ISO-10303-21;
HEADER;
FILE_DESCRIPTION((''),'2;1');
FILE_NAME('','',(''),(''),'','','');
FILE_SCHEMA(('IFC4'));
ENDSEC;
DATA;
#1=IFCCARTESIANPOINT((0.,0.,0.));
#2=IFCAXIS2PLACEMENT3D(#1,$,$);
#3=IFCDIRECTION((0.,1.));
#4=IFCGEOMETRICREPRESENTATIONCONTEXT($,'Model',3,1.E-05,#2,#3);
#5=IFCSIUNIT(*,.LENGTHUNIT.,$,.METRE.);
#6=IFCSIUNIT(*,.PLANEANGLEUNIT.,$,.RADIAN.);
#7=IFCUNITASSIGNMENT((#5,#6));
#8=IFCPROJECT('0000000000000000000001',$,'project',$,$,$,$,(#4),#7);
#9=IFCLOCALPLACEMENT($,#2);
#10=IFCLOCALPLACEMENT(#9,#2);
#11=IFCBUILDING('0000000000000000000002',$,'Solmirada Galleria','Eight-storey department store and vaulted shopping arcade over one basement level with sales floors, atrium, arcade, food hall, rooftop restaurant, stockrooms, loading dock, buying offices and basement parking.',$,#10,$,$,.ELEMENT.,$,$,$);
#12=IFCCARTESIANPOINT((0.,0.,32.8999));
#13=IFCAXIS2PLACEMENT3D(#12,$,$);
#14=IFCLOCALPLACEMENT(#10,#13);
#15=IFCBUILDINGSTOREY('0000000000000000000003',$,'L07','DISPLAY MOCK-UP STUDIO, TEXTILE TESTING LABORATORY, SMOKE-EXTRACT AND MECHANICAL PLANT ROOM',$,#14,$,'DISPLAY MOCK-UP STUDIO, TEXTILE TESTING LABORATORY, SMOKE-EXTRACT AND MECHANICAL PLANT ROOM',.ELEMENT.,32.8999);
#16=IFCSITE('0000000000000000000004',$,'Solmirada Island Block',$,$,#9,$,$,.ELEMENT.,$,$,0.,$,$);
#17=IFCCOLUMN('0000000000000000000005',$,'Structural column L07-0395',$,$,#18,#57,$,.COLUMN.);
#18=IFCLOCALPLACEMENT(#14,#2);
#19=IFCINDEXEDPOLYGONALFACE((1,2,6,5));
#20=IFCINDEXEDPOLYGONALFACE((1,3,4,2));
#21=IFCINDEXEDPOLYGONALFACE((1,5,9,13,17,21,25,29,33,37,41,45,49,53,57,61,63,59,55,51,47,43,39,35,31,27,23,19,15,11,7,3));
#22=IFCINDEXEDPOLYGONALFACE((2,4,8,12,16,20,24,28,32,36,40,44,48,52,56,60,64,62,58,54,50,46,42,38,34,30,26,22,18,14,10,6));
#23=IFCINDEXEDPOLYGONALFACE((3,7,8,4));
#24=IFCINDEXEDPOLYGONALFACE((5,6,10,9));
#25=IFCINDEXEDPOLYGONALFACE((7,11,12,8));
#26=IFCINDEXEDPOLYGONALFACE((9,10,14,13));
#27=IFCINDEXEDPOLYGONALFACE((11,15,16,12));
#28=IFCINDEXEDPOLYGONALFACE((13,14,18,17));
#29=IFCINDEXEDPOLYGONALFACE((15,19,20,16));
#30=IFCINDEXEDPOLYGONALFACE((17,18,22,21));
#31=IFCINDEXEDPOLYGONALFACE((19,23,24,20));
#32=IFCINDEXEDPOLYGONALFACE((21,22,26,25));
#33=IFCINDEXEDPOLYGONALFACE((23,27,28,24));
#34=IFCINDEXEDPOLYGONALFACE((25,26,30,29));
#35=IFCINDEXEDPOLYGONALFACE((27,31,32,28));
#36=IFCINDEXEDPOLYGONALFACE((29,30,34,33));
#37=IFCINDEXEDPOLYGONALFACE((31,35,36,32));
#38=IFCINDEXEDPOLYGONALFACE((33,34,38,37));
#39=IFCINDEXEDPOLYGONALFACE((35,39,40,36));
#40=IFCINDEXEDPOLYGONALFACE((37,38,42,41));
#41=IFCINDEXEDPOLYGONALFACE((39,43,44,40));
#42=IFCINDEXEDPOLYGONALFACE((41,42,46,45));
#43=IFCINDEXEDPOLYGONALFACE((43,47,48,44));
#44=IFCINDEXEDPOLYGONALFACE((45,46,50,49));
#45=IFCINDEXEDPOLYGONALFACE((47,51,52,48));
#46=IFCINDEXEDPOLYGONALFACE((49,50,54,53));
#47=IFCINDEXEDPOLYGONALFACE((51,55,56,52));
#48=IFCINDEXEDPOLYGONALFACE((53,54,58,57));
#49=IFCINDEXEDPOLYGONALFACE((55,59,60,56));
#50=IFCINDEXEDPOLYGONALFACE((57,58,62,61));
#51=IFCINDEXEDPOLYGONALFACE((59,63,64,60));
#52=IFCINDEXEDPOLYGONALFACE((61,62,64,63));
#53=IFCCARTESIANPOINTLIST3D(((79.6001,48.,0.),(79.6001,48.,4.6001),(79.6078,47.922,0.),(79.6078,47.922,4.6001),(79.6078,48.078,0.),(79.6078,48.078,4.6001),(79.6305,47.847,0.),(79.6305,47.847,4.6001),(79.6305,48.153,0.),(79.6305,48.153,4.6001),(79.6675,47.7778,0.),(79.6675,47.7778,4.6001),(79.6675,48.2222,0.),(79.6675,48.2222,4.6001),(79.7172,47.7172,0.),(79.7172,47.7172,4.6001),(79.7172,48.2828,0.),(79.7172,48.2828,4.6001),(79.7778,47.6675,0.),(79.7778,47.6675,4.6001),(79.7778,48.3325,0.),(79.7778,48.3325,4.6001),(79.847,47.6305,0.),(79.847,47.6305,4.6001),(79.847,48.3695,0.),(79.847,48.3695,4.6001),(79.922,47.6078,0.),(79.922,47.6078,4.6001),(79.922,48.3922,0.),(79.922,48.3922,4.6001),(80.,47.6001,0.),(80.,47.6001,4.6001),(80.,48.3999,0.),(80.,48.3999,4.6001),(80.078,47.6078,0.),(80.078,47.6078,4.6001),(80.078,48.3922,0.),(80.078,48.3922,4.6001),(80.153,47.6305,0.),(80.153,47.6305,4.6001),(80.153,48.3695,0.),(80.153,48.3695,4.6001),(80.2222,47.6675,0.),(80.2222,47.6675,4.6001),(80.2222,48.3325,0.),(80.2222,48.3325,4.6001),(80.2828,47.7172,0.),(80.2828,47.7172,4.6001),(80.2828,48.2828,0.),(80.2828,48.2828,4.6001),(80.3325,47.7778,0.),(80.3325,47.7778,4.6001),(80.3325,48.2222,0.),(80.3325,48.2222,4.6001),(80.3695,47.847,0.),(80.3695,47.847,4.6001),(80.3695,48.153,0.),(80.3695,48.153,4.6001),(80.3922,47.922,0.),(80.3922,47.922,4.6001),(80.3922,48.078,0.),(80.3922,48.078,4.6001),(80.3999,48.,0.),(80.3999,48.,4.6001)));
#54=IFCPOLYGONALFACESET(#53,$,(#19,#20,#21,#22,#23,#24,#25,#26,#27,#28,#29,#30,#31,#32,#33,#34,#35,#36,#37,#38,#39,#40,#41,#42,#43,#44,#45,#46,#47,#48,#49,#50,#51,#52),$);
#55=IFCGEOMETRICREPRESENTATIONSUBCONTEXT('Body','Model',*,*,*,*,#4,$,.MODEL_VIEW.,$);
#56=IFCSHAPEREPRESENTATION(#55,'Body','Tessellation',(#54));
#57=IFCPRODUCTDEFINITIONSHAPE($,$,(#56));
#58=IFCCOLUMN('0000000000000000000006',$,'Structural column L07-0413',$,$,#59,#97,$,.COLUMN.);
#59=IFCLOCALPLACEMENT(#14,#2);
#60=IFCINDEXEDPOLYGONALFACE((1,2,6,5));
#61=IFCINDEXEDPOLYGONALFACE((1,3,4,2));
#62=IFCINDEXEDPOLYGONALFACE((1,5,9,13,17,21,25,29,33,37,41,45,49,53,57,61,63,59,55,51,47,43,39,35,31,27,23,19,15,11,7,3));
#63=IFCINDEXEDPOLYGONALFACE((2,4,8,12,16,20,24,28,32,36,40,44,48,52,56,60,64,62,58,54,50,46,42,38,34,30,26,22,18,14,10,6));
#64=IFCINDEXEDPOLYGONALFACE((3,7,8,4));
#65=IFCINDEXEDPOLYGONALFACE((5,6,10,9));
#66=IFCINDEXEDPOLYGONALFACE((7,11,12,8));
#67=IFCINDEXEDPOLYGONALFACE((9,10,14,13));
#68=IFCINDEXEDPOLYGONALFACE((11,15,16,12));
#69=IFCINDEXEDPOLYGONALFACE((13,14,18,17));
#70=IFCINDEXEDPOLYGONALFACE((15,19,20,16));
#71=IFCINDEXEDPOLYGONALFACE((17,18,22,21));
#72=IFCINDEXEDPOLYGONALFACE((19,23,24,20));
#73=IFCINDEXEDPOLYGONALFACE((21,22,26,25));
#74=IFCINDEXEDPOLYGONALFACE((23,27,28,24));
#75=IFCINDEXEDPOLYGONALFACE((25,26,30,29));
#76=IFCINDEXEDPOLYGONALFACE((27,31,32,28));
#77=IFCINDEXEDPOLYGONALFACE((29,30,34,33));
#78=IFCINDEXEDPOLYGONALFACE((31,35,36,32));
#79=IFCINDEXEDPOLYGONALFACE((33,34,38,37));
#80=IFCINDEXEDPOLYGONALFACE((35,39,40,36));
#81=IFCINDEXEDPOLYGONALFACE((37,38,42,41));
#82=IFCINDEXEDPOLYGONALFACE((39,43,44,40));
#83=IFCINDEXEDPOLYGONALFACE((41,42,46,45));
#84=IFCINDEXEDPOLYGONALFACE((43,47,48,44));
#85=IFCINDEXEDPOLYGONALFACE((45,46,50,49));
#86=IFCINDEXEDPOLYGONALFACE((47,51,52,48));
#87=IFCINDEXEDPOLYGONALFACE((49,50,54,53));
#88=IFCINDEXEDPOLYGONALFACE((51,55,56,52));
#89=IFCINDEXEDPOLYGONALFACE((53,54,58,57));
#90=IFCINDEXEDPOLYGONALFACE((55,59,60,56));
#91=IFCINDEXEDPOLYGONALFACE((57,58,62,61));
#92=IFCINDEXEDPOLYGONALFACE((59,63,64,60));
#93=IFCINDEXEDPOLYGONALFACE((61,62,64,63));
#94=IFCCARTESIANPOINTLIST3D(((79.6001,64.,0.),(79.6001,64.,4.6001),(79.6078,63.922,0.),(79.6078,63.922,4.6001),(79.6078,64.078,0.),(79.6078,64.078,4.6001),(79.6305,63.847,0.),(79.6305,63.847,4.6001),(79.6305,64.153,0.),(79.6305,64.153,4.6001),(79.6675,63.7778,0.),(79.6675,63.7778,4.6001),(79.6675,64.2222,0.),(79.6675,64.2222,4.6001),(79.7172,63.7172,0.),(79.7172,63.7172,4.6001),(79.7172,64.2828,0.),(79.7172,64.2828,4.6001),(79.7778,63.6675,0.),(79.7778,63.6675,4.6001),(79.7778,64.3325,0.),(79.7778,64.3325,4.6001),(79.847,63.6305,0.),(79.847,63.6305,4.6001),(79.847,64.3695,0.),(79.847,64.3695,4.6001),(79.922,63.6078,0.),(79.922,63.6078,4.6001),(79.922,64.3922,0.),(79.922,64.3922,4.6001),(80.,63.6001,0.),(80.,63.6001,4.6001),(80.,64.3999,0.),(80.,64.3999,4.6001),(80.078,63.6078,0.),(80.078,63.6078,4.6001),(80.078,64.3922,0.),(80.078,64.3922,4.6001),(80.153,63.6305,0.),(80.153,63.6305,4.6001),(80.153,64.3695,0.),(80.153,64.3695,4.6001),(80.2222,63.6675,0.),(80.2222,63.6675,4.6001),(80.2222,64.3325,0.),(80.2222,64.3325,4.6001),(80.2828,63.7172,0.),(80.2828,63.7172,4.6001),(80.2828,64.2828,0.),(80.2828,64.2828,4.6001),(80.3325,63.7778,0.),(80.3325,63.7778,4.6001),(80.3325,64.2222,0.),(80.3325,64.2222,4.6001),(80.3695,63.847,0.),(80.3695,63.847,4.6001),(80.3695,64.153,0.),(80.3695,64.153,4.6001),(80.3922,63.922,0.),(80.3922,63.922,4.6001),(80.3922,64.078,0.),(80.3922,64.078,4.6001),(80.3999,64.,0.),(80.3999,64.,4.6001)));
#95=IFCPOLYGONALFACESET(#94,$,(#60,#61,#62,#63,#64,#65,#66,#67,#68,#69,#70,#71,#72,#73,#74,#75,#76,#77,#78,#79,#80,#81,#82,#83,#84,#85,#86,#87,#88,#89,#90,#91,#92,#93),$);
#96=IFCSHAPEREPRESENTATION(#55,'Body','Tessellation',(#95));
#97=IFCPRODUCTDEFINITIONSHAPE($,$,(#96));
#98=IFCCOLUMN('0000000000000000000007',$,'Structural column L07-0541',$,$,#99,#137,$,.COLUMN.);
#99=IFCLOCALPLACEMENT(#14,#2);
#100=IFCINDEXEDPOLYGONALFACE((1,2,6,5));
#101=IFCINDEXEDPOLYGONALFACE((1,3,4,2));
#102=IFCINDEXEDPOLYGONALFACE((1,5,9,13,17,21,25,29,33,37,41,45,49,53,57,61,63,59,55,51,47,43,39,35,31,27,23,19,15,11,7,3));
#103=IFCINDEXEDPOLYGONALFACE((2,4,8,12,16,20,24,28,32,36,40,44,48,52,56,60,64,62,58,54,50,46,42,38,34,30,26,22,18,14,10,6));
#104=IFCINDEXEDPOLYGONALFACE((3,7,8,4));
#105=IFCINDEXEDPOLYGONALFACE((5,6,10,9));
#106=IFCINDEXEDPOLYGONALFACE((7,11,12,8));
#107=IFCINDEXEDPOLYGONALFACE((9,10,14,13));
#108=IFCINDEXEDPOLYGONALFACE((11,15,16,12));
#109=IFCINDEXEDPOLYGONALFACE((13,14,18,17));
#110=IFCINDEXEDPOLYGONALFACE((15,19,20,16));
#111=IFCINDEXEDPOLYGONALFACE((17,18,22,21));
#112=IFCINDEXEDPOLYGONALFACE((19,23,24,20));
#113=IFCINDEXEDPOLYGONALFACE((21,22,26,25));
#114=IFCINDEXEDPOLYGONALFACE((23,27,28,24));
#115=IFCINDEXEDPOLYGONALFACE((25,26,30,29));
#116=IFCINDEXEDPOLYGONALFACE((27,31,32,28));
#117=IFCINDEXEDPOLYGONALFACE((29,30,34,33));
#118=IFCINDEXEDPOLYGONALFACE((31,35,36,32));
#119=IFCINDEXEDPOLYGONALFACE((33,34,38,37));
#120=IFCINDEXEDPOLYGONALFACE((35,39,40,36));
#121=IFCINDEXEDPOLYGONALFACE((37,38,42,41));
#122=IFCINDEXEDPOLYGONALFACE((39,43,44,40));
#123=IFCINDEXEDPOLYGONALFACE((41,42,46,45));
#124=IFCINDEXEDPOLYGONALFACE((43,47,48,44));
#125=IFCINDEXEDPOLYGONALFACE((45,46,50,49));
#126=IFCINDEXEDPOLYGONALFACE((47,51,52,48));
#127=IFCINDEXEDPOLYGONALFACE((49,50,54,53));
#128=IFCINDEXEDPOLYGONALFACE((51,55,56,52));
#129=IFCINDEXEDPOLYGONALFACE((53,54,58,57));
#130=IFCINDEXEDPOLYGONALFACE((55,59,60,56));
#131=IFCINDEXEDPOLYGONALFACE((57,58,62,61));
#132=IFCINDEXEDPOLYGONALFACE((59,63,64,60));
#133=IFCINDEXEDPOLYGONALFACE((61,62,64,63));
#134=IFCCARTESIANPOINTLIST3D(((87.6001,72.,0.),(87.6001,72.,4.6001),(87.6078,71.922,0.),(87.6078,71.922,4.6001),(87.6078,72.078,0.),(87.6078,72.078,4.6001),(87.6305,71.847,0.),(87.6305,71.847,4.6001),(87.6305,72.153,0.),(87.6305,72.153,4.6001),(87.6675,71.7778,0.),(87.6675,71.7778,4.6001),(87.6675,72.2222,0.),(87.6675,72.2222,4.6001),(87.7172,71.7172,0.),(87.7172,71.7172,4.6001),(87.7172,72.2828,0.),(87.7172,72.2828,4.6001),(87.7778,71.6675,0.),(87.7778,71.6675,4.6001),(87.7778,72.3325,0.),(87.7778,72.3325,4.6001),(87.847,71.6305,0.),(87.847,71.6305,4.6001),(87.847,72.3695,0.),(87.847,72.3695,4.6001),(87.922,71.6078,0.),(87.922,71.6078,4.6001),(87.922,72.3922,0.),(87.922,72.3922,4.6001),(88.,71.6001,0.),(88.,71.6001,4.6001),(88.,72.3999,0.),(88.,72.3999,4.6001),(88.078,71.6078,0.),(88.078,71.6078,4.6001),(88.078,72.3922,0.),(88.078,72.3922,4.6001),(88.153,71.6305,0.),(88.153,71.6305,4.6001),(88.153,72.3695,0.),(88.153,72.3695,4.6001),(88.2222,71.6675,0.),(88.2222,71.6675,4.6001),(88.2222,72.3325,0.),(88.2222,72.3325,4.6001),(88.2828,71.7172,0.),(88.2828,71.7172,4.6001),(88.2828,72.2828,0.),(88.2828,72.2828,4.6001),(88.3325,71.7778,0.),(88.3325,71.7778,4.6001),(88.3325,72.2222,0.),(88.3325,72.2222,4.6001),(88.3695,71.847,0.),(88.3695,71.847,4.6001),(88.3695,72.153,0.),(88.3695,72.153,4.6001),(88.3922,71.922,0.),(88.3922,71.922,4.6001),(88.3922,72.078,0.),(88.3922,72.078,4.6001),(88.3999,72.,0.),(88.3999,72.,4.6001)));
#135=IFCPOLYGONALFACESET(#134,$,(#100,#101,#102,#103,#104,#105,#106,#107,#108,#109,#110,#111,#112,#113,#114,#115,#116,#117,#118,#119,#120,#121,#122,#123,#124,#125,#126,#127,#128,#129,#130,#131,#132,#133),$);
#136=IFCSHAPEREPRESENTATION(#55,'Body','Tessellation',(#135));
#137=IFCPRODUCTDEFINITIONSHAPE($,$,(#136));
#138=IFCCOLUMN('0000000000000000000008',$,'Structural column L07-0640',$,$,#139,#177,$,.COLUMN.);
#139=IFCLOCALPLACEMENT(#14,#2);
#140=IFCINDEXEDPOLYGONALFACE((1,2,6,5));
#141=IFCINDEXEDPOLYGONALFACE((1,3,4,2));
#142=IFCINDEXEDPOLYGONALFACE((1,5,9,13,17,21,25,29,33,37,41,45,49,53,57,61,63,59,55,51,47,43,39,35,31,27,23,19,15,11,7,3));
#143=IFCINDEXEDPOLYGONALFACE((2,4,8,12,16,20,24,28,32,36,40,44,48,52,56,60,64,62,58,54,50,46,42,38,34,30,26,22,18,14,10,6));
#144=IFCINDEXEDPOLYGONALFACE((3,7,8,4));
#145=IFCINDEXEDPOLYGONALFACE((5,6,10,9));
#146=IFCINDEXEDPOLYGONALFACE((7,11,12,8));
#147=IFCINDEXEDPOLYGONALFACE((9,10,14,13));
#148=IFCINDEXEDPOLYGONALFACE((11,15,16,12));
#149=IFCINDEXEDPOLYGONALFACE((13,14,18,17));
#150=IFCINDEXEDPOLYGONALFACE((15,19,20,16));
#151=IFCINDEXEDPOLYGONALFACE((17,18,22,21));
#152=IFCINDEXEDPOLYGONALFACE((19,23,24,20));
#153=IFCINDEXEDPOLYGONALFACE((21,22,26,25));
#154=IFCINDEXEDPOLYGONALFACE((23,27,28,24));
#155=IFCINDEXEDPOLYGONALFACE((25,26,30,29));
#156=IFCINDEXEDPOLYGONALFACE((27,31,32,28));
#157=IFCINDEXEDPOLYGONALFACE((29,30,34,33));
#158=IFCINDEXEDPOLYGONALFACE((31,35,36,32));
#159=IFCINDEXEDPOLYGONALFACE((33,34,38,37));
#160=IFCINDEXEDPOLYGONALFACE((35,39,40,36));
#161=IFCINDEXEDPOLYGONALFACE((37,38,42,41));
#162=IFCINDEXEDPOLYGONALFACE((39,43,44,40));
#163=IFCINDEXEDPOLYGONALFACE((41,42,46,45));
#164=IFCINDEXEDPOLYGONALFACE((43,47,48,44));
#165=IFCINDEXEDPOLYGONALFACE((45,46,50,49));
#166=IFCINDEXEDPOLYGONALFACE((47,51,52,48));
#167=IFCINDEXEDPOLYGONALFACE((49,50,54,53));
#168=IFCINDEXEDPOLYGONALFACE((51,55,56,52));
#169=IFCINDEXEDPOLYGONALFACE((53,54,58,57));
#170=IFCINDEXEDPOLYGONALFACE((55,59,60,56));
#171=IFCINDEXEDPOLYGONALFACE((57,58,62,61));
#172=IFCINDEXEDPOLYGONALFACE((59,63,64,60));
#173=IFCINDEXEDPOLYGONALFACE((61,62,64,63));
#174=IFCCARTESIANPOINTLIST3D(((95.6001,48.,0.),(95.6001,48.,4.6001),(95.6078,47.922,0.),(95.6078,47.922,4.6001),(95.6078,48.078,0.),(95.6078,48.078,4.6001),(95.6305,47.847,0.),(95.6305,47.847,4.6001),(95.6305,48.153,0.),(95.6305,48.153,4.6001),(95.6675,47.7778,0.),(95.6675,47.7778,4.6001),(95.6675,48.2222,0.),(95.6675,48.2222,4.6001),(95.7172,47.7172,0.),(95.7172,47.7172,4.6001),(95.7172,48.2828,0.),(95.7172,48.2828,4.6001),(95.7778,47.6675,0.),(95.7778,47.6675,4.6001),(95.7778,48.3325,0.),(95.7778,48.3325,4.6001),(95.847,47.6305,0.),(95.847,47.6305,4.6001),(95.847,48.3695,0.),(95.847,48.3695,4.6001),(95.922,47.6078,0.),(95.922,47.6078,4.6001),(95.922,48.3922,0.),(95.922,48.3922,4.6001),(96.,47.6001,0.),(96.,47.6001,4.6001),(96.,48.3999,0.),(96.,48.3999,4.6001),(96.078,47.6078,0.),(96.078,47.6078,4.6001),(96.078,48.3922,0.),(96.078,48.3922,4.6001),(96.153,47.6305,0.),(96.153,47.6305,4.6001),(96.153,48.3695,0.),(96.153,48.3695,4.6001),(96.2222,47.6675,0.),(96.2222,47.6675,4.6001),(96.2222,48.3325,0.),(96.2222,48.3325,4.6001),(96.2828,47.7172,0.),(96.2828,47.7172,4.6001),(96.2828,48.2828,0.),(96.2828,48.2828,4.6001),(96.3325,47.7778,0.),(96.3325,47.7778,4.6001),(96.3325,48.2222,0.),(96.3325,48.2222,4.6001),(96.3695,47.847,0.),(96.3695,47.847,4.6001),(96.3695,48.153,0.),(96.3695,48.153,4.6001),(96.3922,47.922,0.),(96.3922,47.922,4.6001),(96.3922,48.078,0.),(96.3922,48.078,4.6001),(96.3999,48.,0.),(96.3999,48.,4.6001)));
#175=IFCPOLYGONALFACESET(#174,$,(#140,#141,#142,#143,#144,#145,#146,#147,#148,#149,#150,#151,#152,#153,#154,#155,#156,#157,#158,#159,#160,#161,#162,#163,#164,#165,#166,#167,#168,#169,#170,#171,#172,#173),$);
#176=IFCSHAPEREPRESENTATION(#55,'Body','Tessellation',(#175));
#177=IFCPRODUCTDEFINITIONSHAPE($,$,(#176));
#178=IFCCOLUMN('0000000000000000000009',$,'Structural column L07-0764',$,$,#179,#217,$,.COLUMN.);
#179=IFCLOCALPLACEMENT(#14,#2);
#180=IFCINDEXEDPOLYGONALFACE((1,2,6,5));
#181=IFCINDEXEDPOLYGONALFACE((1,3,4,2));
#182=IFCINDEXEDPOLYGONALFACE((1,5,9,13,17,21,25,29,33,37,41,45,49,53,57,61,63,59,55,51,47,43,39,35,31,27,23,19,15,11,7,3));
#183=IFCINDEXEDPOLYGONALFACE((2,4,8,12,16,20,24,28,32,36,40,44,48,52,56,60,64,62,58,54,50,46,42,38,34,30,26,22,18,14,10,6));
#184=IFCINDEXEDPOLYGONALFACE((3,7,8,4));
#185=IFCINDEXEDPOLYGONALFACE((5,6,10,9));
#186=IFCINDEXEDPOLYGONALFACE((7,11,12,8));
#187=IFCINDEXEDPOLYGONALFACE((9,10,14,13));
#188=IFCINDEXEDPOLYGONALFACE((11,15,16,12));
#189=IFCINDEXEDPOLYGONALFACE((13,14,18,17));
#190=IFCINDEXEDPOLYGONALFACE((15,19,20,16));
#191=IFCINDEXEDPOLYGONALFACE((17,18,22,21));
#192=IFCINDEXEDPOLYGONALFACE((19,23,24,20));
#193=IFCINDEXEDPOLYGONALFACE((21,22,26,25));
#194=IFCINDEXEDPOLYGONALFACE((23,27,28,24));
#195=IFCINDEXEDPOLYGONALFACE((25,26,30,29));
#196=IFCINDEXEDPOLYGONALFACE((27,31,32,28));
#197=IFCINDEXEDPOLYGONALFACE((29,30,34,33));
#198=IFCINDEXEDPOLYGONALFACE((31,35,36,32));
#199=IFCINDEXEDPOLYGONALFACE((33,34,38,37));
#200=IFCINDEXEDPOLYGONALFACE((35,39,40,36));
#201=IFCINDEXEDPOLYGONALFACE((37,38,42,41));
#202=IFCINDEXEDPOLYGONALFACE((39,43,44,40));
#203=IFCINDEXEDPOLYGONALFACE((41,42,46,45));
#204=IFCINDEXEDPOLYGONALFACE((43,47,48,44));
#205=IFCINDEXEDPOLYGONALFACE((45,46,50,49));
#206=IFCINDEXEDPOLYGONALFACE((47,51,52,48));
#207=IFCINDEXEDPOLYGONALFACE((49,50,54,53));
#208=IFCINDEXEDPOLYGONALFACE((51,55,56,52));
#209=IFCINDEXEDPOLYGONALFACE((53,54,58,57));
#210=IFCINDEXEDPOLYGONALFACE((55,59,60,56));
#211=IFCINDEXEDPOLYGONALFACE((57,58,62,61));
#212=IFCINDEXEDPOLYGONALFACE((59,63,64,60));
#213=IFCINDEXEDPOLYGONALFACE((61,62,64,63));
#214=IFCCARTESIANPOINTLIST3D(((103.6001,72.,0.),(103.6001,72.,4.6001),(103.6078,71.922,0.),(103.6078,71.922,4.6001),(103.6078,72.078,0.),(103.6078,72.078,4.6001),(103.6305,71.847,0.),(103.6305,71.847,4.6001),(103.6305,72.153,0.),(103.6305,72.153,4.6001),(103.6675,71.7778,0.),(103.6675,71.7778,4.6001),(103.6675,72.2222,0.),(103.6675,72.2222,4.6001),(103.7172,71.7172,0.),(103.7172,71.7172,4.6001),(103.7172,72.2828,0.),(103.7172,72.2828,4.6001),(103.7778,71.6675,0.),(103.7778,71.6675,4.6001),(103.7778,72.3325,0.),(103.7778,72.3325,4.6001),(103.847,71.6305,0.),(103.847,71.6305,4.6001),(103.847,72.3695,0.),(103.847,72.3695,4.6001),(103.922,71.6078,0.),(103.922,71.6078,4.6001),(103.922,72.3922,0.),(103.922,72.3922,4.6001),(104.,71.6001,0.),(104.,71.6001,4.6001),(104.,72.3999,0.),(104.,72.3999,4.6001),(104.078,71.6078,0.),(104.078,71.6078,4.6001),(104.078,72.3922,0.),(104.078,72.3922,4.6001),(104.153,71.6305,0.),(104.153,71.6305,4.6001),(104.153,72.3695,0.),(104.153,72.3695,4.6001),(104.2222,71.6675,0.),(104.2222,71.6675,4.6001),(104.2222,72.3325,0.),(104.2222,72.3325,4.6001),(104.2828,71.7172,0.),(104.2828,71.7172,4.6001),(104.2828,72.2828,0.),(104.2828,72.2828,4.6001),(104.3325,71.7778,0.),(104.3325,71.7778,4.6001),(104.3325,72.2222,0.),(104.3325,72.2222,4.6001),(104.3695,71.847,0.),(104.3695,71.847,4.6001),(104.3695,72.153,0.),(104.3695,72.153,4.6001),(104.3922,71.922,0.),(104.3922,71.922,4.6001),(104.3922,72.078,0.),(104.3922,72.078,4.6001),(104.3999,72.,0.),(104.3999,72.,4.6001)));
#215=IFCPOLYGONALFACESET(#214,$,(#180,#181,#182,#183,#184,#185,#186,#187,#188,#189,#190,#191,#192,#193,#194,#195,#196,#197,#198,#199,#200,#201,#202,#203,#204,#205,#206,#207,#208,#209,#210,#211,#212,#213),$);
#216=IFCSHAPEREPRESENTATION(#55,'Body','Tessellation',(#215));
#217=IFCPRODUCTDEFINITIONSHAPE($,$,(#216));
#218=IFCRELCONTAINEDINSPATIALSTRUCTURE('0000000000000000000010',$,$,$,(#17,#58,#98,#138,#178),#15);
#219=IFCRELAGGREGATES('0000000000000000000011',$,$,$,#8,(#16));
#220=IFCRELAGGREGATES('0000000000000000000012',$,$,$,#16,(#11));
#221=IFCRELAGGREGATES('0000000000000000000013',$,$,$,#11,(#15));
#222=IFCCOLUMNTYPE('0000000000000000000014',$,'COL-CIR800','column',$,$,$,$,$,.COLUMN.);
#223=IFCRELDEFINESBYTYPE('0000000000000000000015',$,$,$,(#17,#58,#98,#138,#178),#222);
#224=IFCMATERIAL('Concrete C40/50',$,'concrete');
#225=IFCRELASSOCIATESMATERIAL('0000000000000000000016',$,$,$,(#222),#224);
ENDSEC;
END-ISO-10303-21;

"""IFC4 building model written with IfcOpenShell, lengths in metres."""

from ifc_helpers import new_model, si_unit, direction, frame, origin, origin_2d, place, context, subcontext, project, spatial, circle, extrude, material, material_profile, profile_set, type_object, element, save


model = new_model("IFC4")

# Units and contexts
model_context = context("Model", 3, precision=1e-05, world=origin(), true_north=direction((0.0, 1.0)))
body_context = subcontext(model_context, "Body", "Model", "MODEL_VIEW")
ifc_project = project(units=[si_unit("LENGTHUNIT", "METRE"), si_unit("PLANEANGLEUNIT", "RADIAN")], contexts=[model_context])

# Site, building, storey
site_placement = place(None, origin())
site = spatial("IfcSite", under=ifc_project, at=site_placement, Name="Solmirada Island Block", CompositionType="ELEMENT", RefElevation=0.0)
building_placement = place(site_placement, origin())
building = spatial("IfcBuilding", under=site, at=building_placement, Name="Solmirada Galleria", Description="Eight-storey department store and vaulted shopping arcade over one basement level with sales floors, atrium, arcade, food hall, rooftop restaurant, stockrooms, loading dock, buying offices and basement parking.", CompositionType="ELEMENT")
storey_placement = place(building_placement, frame((0.0, 0.0, 32.8999)))
storey = spatial("IfcBuildingStorey", under=building, at=storey_placement, Name="L07", Description="DISPLAY MOCK-UP STUDIO, TEXTILE TESTING LABORATORY, SMOKE-EXTRACT AND MECHANICAL PLANT ROOM", LongName="DISPLAY MOCK-UP STUDIO, TEXTILE TESTING LABORATORY, SMOKE-EXTRACT AND MECHANICAL PLANT ROOM", CompositionType="ELEMENT", Elevation=32.8999)

# Columns
ifc_material_1 = material(Name="Concrete C40/50", Category="concrete")
ifc_material_profile_1 = material_profile(ifc_material_1, circle(Radius=0.3999, at=origin_2d()), Name="RCCOL800")
ifc_profile_set_1 = profile_set([ifc_material_profile_1], Name="Concrete C40/50")
column_type_1 = type_object("IfcColumnType", Name="COL-CIR800", Description="column", PredefinedType="COLUMN", material=ifc_profile_set_1)
for number, where, z_axis, x_axis, name in (
    (1, (80.0, 48.0, 0.0), (0.0, 0.0, 1.0), (1.0, 0.0, 0.0), "Structural column L07-0395"),
    (2, (80.0, 64.0, 0.0), (0.0, 0.0, 1.0), (1.0, 0.0, 0.0), "Structural column L07-0413"),
    (3, (88.0, 72.0, 0.0), (0.0, 0.0, 1.0), (1.0, 0.0, 0.0), "Structural column L07-0541"),
    (4, (96.0, 48.0, 0.0), (0.0, 0.0, 1.0), (1.0, 0.0, 0.0), "Structural column L07-0640"),
    (5, (104.0, 72.0, 0.0), (0.0, 0.0, 1.0), (1.0, 0.0, 0.0), "Structural column L07-0764"),
):
    element("IfcColumn", number, at=place(storey_placement, frame(where, z_axis=z_axis, x_axis=x_axis)), inside=storey, type_object=column_type_1, Name=name, PredefinedType="COLUMN", context=body_context, shape_type="SweptSolid", body=[
        extrude(circle(Radius=0.3999, at=origin_2d()), origin(), (0.0, 0.0, 1.0), 4.6001),
    ])

save(model, "model.ifc")
